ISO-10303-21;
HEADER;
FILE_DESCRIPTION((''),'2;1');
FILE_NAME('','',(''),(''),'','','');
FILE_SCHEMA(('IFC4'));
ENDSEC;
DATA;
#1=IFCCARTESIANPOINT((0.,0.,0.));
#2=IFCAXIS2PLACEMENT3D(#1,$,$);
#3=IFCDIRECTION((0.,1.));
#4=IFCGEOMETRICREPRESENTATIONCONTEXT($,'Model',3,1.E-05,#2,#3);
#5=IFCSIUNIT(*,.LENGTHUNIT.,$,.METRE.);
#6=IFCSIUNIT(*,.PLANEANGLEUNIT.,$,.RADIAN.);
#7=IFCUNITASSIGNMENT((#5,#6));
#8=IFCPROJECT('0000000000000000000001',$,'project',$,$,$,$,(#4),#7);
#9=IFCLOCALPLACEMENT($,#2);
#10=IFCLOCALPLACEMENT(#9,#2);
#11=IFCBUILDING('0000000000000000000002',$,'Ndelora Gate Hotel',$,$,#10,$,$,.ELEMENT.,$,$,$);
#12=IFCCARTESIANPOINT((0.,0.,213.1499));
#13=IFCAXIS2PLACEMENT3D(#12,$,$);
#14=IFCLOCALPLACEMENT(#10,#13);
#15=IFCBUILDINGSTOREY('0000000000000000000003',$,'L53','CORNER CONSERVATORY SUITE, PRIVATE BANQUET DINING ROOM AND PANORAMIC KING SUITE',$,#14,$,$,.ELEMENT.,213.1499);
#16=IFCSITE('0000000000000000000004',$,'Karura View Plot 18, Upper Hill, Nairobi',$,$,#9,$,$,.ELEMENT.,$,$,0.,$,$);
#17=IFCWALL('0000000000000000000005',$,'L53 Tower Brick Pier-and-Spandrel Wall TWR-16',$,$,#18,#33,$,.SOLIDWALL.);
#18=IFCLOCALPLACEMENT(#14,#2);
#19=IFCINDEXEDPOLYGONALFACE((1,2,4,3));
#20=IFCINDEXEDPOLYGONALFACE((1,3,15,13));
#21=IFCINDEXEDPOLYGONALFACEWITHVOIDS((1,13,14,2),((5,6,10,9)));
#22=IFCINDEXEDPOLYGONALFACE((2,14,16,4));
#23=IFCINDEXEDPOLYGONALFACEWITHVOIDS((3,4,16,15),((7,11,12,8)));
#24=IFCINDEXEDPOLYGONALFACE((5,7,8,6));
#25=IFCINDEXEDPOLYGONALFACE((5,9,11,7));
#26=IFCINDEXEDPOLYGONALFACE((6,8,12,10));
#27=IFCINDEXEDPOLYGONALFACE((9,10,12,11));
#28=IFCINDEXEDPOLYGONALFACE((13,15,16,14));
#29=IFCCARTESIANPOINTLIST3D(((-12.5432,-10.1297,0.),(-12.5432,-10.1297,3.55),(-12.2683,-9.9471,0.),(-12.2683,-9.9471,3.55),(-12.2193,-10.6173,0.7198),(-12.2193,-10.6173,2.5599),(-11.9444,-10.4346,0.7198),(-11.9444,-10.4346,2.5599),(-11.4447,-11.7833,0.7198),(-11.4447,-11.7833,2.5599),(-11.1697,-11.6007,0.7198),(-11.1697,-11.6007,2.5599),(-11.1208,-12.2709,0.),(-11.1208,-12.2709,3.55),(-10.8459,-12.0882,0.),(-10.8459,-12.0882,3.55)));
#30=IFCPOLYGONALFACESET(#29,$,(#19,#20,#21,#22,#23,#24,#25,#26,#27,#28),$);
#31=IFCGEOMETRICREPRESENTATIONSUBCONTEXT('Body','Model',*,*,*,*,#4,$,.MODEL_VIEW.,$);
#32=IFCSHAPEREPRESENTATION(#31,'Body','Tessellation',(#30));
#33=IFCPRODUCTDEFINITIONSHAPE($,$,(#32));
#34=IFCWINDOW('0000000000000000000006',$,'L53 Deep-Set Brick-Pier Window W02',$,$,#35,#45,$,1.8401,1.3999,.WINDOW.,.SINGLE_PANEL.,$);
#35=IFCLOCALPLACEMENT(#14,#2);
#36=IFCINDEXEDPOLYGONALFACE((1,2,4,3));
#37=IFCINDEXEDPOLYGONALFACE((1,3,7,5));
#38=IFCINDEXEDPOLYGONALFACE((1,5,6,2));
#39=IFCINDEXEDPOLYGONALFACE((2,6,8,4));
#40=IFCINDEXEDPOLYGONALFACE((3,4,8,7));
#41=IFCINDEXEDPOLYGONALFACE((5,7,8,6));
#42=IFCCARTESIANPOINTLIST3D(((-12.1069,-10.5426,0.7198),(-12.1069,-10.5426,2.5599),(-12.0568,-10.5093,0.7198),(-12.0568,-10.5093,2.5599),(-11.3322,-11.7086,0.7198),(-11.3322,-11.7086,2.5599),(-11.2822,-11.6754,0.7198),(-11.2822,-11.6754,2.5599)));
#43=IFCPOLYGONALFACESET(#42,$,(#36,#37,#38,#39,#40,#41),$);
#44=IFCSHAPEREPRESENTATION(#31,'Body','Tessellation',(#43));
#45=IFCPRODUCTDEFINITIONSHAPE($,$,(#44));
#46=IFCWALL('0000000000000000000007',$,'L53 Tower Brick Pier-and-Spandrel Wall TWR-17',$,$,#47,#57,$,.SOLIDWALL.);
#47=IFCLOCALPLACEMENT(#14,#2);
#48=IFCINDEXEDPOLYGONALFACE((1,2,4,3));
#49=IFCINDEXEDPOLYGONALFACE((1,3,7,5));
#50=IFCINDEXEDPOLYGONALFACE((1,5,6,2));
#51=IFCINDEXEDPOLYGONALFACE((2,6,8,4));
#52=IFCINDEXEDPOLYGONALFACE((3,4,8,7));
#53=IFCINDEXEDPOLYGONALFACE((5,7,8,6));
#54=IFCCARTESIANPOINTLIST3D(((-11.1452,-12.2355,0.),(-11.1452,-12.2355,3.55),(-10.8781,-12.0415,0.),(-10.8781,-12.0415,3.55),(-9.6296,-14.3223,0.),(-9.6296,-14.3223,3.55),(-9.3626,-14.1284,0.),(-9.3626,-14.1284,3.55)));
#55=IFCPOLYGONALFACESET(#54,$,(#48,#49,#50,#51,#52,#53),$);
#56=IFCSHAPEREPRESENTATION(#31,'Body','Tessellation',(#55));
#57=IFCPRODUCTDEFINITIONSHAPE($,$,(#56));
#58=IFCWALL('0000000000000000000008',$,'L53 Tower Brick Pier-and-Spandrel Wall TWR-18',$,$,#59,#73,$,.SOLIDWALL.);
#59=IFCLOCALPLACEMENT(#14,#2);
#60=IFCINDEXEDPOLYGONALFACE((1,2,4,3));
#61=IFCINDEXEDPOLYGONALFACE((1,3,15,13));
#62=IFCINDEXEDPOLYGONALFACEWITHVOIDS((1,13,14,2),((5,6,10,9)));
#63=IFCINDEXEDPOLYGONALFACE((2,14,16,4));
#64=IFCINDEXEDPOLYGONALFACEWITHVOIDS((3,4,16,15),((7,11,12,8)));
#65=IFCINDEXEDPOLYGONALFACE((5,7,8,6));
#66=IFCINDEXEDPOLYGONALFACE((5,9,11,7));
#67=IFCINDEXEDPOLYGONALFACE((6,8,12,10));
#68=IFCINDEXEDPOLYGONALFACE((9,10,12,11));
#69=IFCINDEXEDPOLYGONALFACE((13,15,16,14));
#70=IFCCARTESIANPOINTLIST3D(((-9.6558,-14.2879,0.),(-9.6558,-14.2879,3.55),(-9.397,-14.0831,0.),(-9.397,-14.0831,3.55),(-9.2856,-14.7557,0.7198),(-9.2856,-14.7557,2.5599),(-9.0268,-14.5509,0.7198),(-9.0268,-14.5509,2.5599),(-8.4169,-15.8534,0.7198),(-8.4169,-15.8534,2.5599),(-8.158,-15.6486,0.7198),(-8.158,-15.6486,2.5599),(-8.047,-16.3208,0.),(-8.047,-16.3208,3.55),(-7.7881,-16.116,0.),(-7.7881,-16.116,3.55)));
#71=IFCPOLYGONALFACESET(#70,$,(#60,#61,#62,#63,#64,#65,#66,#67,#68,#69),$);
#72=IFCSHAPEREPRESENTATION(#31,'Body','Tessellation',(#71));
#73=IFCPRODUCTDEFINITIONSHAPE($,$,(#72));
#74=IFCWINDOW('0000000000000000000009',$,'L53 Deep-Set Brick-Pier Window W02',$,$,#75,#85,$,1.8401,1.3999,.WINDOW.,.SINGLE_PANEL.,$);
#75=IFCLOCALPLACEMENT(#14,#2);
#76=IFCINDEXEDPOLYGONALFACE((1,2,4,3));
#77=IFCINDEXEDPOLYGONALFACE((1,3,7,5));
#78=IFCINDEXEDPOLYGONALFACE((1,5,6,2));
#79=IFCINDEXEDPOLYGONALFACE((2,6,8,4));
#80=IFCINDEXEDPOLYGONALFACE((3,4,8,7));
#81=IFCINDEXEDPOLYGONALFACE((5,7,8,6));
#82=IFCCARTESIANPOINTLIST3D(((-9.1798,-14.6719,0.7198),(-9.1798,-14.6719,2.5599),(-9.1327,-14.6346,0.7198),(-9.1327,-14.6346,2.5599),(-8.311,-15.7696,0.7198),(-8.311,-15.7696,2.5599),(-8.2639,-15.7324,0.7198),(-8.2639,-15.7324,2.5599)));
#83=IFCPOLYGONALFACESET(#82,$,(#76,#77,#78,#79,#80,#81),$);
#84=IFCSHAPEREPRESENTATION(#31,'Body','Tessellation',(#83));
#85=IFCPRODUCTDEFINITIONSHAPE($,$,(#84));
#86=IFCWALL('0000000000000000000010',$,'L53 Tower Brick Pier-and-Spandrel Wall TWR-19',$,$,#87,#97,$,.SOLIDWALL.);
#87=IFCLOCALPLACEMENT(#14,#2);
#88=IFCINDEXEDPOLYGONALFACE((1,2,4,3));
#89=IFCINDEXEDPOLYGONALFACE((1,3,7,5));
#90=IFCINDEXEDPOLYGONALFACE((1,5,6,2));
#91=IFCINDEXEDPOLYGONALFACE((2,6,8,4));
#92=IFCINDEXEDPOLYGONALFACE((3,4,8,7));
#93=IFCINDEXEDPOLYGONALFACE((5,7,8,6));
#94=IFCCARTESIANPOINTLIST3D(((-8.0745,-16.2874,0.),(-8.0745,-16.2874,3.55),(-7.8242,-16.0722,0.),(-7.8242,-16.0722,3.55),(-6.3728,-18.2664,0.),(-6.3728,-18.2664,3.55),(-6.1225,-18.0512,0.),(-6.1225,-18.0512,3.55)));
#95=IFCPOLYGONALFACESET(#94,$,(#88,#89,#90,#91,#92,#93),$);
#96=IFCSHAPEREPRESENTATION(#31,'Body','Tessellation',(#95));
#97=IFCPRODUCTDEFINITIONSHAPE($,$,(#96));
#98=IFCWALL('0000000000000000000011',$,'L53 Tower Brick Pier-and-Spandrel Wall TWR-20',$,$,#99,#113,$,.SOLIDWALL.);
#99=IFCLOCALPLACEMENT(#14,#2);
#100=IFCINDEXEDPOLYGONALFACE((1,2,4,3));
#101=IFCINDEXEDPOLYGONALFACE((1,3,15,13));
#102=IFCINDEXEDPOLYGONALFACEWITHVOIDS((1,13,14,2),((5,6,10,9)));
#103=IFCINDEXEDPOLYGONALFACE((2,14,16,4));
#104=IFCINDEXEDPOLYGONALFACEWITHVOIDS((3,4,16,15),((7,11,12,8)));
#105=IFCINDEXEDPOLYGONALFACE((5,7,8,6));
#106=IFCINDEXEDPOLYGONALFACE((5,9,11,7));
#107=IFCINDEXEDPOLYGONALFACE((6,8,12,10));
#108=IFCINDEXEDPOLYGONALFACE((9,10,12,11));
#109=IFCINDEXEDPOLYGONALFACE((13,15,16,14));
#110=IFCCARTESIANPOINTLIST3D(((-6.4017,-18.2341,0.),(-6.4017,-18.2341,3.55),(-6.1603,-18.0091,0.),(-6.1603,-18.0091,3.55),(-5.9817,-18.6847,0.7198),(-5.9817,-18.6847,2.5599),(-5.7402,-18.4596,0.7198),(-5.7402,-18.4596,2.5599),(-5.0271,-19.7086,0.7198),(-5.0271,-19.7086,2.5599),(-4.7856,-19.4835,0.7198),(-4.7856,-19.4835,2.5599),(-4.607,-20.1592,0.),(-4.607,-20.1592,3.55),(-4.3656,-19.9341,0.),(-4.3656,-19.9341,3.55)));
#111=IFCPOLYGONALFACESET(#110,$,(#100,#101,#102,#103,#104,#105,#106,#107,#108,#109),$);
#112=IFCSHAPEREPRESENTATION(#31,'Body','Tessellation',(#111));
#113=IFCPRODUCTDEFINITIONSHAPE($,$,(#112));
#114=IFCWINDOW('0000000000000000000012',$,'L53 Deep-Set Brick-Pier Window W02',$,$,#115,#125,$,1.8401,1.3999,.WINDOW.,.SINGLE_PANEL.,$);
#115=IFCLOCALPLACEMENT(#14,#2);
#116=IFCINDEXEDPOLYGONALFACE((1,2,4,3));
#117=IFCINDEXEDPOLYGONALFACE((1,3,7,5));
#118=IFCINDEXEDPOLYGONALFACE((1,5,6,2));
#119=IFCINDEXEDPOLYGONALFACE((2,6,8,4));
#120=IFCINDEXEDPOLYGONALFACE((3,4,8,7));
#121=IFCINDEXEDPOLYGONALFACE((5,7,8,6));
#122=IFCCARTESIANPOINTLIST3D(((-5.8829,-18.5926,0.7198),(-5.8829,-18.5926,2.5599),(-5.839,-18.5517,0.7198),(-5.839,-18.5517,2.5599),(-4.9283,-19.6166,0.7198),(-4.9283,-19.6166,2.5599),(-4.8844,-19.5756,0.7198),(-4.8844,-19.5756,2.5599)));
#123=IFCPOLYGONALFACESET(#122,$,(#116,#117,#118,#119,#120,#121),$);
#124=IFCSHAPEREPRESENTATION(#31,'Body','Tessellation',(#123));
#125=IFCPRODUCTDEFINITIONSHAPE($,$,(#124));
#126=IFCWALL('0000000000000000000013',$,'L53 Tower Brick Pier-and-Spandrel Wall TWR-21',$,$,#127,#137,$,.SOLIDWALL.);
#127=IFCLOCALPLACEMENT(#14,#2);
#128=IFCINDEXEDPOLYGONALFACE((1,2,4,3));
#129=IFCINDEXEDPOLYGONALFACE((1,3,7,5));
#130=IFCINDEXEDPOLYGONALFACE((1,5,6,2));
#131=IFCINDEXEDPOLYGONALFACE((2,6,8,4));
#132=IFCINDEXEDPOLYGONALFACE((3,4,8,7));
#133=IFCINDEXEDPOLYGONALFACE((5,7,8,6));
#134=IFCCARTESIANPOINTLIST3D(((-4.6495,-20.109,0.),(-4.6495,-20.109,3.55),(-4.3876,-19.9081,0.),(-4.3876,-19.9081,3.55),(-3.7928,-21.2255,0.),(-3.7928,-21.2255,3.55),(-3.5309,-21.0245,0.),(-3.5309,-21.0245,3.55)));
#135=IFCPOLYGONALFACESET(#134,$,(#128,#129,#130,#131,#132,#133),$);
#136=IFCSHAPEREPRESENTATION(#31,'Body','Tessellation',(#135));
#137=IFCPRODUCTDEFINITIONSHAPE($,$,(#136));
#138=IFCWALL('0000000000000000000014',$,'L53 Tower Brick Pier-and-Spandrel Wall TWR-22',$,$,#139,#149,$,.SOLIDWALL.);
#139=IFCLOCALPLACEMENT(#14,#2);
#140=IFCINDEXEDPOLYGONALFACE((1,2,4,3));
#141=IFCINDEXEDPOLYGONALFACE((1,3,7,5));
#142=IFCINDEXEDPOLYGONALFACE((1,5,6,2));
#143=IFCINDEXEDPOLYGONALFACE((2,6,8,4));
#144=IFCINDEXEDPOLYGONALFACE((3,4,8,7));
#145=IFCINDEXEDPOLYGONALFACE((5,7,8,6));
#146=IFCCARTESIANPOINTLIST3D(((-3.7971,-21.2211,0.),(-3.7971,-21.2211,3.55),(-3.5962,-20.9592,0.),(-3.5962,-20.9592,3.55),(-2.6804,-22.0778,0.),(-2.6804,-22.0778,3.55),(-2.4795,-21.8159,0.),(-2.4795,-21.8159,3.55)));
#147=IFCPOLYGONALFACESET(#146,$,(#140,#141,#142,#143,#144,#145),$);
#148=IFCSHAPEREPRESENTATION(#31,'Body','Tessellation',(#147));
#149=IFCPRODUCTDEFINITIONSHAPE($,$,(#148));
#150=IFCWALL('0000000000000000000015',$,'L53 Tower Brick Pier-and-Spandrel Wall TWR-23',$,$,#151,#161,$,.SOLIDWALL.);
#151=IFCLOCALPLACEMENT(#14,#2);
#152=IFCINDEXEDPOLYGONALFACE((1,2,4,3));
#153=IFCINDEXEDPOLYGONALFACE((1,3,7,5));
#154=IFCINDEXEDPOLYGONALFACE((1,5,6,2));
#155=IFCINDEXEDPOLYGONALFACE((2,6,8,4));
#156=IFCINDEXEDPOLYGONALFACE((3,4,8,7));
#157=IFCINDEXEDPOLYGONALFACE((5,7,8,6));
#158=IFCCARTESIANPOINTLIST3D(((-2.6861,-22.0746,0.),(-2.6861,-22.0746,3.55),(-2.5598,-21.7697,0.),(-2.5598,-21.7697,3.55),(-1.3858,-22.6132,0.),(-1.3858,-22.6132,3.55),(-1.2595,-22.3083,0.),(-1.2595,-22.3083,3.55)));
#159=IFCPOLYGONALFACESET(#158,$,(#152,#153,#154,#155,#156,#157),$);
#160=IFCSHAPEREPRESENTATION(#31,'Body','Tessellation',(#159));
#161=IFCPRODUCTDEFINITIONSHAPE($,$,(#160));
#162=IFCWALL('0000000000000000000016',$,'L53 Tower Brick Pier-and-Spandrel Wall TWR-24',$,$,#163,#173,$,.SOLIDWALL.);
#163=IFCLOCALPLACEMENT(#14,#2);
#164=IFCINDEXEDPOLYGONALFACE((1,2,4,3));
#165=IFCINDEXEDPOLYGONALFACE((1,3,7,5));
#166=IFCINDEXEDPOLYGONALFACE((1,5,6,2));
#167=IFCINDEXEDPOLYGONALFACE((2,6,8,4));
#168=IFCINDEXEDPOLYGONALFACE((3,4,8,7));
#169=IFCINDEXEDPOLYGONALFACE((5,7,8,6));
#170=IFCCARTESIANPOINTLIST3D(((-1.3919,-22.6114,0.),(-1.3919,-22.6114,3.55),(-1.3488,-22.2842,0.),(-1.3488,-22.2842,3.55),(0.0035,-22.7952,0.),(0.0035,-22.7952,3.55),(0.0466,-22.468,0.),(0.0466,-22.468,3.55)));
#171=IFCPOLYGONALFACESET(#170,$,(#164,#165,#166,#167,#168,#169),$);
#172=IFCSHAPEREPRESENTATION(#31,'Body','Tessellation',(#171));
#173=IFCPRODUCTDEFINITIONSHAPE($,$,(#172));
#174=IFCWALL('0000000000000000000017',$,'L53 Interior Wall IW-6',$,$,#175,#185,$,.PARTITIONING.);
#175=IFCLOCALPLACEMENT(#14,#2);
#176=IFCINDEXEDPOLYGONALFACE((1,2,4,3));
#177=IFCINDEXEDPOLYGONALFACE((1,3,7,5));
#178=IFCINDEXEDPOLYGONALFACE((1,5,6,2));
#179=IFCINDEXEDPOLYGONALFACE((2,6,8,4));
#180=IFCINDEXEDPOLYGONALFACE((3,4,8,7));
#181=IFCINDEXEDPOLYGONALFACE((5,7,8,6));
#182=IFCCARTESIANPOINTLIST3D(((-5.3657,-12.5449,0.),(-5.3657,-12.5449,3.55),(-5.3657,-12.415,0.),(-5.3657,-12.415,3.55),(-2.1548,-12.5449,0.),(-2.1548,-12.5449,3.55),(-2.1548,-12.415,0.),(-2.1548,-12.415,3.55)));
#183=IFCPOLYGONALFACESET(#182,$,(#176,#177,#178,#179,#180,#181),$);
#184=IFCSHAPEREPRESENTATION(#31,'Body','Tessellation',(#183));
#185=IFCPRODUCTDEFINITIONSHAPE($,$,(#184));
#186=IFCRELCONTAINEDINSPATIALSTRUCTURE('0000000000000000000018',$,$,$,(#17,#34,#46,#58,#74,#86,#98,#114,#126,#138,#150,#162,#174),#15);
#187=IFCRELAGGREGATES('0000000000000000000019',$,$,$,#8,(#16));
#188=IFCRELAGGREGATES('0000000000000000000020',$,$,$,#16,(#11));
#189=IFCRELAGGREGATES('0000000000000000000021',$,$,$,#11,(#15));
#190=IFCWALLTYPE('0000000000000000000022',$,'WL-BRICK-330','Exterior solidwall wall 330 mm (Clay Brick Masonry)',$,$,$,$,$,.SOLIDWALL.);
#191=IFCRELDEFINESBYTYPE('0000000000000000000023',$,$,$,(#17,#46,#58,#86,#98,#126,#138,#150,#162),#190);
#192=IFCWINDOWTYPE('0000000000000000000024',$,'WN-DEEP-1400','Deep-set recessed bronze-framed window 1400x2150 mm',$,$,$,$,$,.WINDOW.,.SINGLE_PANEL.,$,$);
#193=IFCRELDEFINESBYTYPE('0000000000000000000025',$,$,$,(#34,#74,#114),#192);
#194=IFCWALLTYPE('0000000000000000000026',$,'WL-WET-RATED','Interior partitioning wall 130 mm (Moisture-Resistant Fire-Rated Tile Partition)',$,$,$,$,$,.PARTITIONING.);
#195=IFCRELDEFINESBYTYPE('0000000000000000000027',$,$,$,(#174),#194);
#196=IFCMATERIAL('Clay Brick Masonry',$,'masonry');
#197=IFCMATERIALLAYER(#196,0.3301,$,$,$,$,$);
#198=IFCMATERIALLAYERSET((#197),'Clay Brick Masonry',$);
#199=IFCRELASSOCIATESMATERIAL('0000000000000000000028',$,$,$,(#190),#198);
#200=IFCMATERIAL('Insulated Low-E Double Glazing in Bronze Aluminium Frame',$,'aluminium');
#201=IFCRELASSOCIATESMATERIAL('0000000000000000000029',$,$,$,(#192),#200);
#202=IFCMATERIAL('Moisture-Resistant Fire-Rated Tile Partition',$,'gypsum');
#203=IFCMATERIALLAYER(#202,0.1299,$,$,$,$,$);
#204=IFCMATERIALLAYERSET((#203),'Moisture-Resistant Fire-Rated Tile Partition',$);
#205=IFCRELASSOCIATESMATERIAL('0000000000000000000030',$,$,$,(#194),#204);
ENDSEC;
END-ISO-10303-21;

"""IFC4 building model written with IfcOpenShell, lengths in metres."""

from ifc_helpers import new_model, si_unit, direction, frame, frame_2d, origin, place, context, subcontext, project, spatial, rectangle, extrude, material, layer, layer_set, type_object, element, fill, save


model = new_model("IFC4")

# Units and contexts
model_context = context("Model", 3, precision=1e-05, world=origin(), true_north=direction((0.0, 1.0)))
body_context = subcontext(model_context, "Body", "Model", "MODEL_VIEW")
ifc_project = project(units=[si_unit("LENGTHUNIT", "METRE"), si_unit("PLANEANGLEUNIT", "RADIAN")], contexts=[model_context])

# Site, building, storey
site_placement = place(None, origin())
site = spatial("IfcSite", under=ifc_project, at=site_placement, Name="Karura View Plot 18, Upper Hill, Nairobi", CompositionType="ELEMENT", RefElevation=0.0)
building_placement = place(site_placement, origin())
building = spatial("IfcBuilding", under=site, at=building_placement, Name="Ndelora Gate Hotel", CompositionType="ELEMENT")
storey_placement = place(building_placement, frame((0.0, 0.0, 213.1499)))
storey = spatial("IfcBuildingStorey", under=building, at=storey_placement, Name="L53", Description="CORNER CONSERVATORY SUITE, PRIVATE BANQUET DINING ROOM AND PANORAMIC KING SUITE", CompositionType="ELEMENT", Elevation=213.1499)

# Wall, opening, window
ifc_material_1 = material(Name="Clay Brick Masonry", Category="masonry")
ifc_layer_1 = layer(ifc_material_1, 0.3301)
ifc_layer_set_1 = layer_set([ifc_layer_1], Name="Clay Brick Masonry")
wall_type_1 = type_object("IfcWallType", Name="WL-BRICK-330", Description="Exterior solidwall wall 330 mm (Clay Brick Masonry)", PredefinedType="SOLIDWALL", material=ifc_layer_set_1)
wall_1_placement = place(storey_placement, frame((-10.9834, -12.1794, 0.0), z_axis=(0.0, 0.0, 1.0), x_axis=(-0.553341, 0.832955, 0.0)))
wall_1 = element("IfcWall", 1, at=wall_1_placement, inside=storey, type_object=wall_type_1, Name="L53 Tower Brick Pier-and-Spandrel Wall TWR-16", PredefinedType="SOLIDWALL", context=body_context, shape_type="SweptSolid", body=[
    extrude(rectangle(XDim=2.5706, YDim=0.3301, at=frame_2d((1.2852, 0.0))), origin(), (0.0, 0.0, 1.0), 3.55),
])
opening_1_placement = place(wall_1_placement, frame((0.5852, 0.0, 0.72)))
opening_1 = element("IfcOpeningElement", 2, at=opening_1_placement, cuts=wall_1, PredefinedType="OPENING", context=body_context, shape_type="SweptSolid", body=[
    extrude(rectangle(XDim=1.3999, YDim=1.8401, at=frame_2d((0.7, 0.9199))), frame((0.0, 0.175, 0.0), z_axis=(0.0, -1.0, 0.0), x_axis=(1.0, 0.0, 0.0)), (0.0, 0.0, 1.0), 0.3501),
])
ifc_material_2 = material(Name="Insulated Low-E Double Glazing in Bronze Aluminium Frame", Category="aluminium")
window_type = type_object("IfcWindowType", Name="WN-DEEP-1400", Description="Deep-set recessed bronze-framed window 1400x2150 mm", PartitioningType="SINGLE_PANEL", PredefinedType="WINDOW", material=ifc_material_2)
window_1_placement = place(opening_1_placement, origin())
window_1 = element("IfcWindow", 3, at=window_1_placement, inside=storey, type_object=window_type, Name="L53 Deep-Set Brick-Pier Window W02", OverallHeight=1.8401, OverallWidth=1.3999, PartitioningType="SINGLE_PANEL", PredefinedType="WINDOW", context=body_context, shape_type="SweptSolid", body=[
    extrude(rectangle(XDim=1.3999, YDim=1.8401, at=frame_2d((0.7, 0.9199))), frame((0.0, 0.03, 0.0), z_axis=(0.0, -1.0, 0.0), x_axis=(1.0, 0.0, 0.0)), (0.0, 0.0, 1.0), 0.0601),
])
fill(opening_1, window_1)

# Wall
wall_2_placement = place(storey_placement, frame((-9.4961, -14.2253, 0.0), z_axis=(0.0, 0.0, 1.0), x_axis=(-0.587631, 0.809129, 0.0)))
element("IfcWall", 4, at=wall_2_placement, inside=storey, type_object=wall_type_1, Name="L53 Tower Brick Pier-and-Spandrel Wall TWR-17", PredefinedType="SOLIDWALL", context=body_context, shape_type="SweptSolid", body=[
    extrude(rectangle(XDim=2.5791, YDim=0.3301, at=frame_2d((1.2896, 0.0))), origin(), (0.0, 0.0, 1.0), 3.55),
])

# Wall, opening, window
wall_3_placement = place(storey_placement, frame((-7.9175, -16.2185, 0.0), z_axis=(0.0, 0.0, 1.0), x_axis=(-0.620575, 0.784147, 0.0)))
wall_3 = element("IfcWall", 5, at=wall_3_placement, inside=storey, type_object=wall_type_1, Name="L53 Tower Brick Pier-and-Spandrel Wall TWR-18", PredefinedType="SOLIDWALL", context=body_context, shape_type="SweptSolid", body=[
    extrude(rectangle(XDim=2.5925, YDim=0.3301, at=frame_2d((1.2964, 0.0))), origin(), (0.0, 0.0, 1.0), 3.55),
])
opening_2_placement = place(wall_3_placement, frame((0.5962, 0.0, 0.72)))
opening_2 = element("IfcOpeningElement", 6, at=opening_2_placement, cuts=wall_3, PredefinedType="OPENING", context=body_context, shape_type="SweptSolid", body=[
    extrude(rectangle(XDim=1.3999, YDim=1.8401, at=frame_2d((0.7, 0.9199))), frame((0.0, 0.175, 0.0), z_axis=(0.0, -1.0, 0.0), x_axis=(1.0, 0.0, 0.0)), (0.0, 0.0, 1.0), 0.3501),
])
window_2_placement = place(opening_2_placement, origin())
window_2 = element("IfcWindow", 7, at=window_2_placement, inside=storey, type_object=window_type, Name="L53 Deep-Set Brick-Pier Window W02", OverallHeight=1.8401, OverallWidth=1.3999, PartitioningType="SINGLE_PANEL", PredefinedType="WINDOW", context=body_context, shape_type="SweptSolid", body=[
    extrude(rectangle(XDim=1.3999, YDim=1.8401, at=frame_2d((0.7, 0.9199))), frame((0.0, 0.03, 0.0), z_axis=(0.0, -1.0, 0.0), x_axis=(1.0, 0.0, 0.0)), (0.0, 0.0, 1.0), 0.0601),
])
fill(opening_2, window_2)

# Wall
wall_4_placement = place(storey_placement, frame((-6.2476, -18.1589, 0.0), z_axis=(0.0, 0.0, 1.0), x_axis=(-0.651977, 0.758239, 0.0)))
element("IfcWall", 8, at=wall_4_placement, inside=storey, type_object=wall_type_1, Name="L53 Tower Brick Pier-and-Spandrel Wall TWR-19", PredefinedType="SOLIDWALL", context=body_context, shape_type="SweptSolid", body=[
    extrude(rectangle(XDim=2.6101, YDim=0.3301, at=frame_2d((1.3052, 0.0))), origin(), (0.0, 0.0, 1.0), 3.55),
])

# Wall, opening, window
wall_5_placement = place(storey_placement, frame((-4.4863, -20.0466, 0.0), z_axis=(0.0, 0.0, 1.0), x_axis=(-0.681905, 0.731441, 0.0)))
wall_5 = element("IfcWall", 9, at=wall_5_placement, inside=storey, type_object=wall_type_1, Name="L53 Tower Brick Pier-and-Spandrel Wall TWR-20", PredefinedType="SOLIDWALL", context=body_context, shape_type="SweptSolid", body=[
    extrude(rectangle(XDim=2.6318, YDim=0.3301, at=frame_2d((1.3159, 0.0))), origin(), (0.0, 0.0, 1.0), 3.55),
])
opening_3_placement = place(wall_5_placement, frame((0.616, 0.0, 0.72)))
opening_3 = element("IfcOpeningElement", 10, at=opening_3_placement, cuts=wall_5, PredefinedType="OPENING", context=body_context, shape_type="SweptSolid", body=[
    extrude(rectangle(XDim=1.3999, YDim=1.8401, at=frame_2d((0.7, 0.9199))), frame((0.0, 0.175, 0.0), z_axis=(0.0, -1.0, 0.0), x_axis=(1.0, 0.0, 0.0)), (0.0, 0.0, 1.0), 0.3501),
])
window_3_placement = place(opening_3_placement, origin())
window_3 = element("IfcWindow", 11, at=window_3_placement, inside=storey, type_object=window_type, Name="L53 Deep-Set Brick-Pier Window W02", OverallHeight=1.8401, OverallWidth=1.3999, PartitioningType="SINGLE_PANEL", PredefinedType="WINDOW", context=body_context, shape_type="SweptSolid", body=[
    extrude(rectangle(XDim=1.3999, YDim=1.8401, at=frame_2d((0.7, 0.9199))), frame((0.0, 0.03, 0.0), z_axis=(0.0, -1.0, 0.0), x_axis=(1.0, 0.0, 0.0)), (0.0, 0.0, 1.0), 0.0601),
])
fill(opening_3, window_3)

# Walls
wall_6_placement = place(storey_placement, frame((-3.6619, -21.125, 0.0), z_axis=(0.0, 0.0, 1.0), x_axis=(-0.608763, 0.793352, 0.0)))
element("IfcWall", 12, at=wall_6_placement, inside=storey, type_object=wall_type_1, Name="L53 Tower Brick Pier-and-Spandrel Wall TWR-21", PredefinedType="SOLIDWALL", context=body_context, shape_type="SweptSolid", body=[
    extrude(rectangle(XDim=1.4072, YDim=0.3301, at=frame_2d((0.7036, 0.0))), origin(), (0.0, 0.0, 1.0), 3.55),
])
for number, where, z_axis, x_axis, name in (
    (13, (-2.5801, -21.9468, 0.0), (0.0, 0.0, 1.0), (-0.793416, 0.608679, 0.0), "L53 Tower Brick Pier-and-Spandrel Wall TWR-22"),
    (14, (-1.3228, -22.4607, 0.0), (0.0, 0.0, 1.0), (-0.923886, 0.382668, 0.0), "L53 Tower Brick Pier-and-Spandrel Wall TWR-23"),
    (15, (0.0249, -22.6316, 0.0), (0.0, 0.0, 1.0), (-0.991434, 0.130607, 0.0), "L53 Tower Brick Pier-and-Spandrel Wall TWR-24"),
):
    element("IfcWall", number, at=place(storey_placement, frame(where, z_axis=z_axis, x_axis=x_axis)), inside=storey, type_object=wall_type_1, Name=name, PredefinedType="SOLIDWALL", context=body_context, shape_type="SweptSolid", body=[
        extrude(rectangle(XDim=1.4075, YDim=0.3301, at=frame_2d((0.7036, 0.0))), origin(), (0.0, 0.0, 1.0), 3.55),
    ])
ifc_material_3 = material(Name="Moisture-Resistant Fire-Rated Tile Partition", Category="gypsum")
ifc_layer_2 = layer(ifc_material_3, 0.1299)
ifc_layer_set_2 = layer_set([ifc_layer_2], Name="Moisture-Resistant Fire-Rated Tile Partition")
wall_type_2 = type_object("IfcWallType", Name="WL-WET-RATED", Description="Interior partitioning wall 130 mm (Moisture-Resistant Fire-Rated Tile Partition)", PredefinedType="PARTITIONING", material=ifc_layer_set_2)
wall_7_placement = place(storey_placement, frame((-2.1548, -12.48, 0.0), z_axis=(0.0, 0.0, 1.0), x_axis=(-1.0, 0.0, 0.0)))
element("IfcWall", 16, at=wall_7_placement, inside=storey, type_object=wall_type_2, Name="L53 Interior Wall IW-6", PredefinedType="PARTITIONING", context=body_context, shape_type="SweptSolid", body=[
    extrude(rectangle(XDim=3.2109, YDim=0.1299, at=frame_2d((1.6055, 0.0))), origin(), (0.0, 0.0, 1.0), 3.55),
])

save(model, "model.ifc")
